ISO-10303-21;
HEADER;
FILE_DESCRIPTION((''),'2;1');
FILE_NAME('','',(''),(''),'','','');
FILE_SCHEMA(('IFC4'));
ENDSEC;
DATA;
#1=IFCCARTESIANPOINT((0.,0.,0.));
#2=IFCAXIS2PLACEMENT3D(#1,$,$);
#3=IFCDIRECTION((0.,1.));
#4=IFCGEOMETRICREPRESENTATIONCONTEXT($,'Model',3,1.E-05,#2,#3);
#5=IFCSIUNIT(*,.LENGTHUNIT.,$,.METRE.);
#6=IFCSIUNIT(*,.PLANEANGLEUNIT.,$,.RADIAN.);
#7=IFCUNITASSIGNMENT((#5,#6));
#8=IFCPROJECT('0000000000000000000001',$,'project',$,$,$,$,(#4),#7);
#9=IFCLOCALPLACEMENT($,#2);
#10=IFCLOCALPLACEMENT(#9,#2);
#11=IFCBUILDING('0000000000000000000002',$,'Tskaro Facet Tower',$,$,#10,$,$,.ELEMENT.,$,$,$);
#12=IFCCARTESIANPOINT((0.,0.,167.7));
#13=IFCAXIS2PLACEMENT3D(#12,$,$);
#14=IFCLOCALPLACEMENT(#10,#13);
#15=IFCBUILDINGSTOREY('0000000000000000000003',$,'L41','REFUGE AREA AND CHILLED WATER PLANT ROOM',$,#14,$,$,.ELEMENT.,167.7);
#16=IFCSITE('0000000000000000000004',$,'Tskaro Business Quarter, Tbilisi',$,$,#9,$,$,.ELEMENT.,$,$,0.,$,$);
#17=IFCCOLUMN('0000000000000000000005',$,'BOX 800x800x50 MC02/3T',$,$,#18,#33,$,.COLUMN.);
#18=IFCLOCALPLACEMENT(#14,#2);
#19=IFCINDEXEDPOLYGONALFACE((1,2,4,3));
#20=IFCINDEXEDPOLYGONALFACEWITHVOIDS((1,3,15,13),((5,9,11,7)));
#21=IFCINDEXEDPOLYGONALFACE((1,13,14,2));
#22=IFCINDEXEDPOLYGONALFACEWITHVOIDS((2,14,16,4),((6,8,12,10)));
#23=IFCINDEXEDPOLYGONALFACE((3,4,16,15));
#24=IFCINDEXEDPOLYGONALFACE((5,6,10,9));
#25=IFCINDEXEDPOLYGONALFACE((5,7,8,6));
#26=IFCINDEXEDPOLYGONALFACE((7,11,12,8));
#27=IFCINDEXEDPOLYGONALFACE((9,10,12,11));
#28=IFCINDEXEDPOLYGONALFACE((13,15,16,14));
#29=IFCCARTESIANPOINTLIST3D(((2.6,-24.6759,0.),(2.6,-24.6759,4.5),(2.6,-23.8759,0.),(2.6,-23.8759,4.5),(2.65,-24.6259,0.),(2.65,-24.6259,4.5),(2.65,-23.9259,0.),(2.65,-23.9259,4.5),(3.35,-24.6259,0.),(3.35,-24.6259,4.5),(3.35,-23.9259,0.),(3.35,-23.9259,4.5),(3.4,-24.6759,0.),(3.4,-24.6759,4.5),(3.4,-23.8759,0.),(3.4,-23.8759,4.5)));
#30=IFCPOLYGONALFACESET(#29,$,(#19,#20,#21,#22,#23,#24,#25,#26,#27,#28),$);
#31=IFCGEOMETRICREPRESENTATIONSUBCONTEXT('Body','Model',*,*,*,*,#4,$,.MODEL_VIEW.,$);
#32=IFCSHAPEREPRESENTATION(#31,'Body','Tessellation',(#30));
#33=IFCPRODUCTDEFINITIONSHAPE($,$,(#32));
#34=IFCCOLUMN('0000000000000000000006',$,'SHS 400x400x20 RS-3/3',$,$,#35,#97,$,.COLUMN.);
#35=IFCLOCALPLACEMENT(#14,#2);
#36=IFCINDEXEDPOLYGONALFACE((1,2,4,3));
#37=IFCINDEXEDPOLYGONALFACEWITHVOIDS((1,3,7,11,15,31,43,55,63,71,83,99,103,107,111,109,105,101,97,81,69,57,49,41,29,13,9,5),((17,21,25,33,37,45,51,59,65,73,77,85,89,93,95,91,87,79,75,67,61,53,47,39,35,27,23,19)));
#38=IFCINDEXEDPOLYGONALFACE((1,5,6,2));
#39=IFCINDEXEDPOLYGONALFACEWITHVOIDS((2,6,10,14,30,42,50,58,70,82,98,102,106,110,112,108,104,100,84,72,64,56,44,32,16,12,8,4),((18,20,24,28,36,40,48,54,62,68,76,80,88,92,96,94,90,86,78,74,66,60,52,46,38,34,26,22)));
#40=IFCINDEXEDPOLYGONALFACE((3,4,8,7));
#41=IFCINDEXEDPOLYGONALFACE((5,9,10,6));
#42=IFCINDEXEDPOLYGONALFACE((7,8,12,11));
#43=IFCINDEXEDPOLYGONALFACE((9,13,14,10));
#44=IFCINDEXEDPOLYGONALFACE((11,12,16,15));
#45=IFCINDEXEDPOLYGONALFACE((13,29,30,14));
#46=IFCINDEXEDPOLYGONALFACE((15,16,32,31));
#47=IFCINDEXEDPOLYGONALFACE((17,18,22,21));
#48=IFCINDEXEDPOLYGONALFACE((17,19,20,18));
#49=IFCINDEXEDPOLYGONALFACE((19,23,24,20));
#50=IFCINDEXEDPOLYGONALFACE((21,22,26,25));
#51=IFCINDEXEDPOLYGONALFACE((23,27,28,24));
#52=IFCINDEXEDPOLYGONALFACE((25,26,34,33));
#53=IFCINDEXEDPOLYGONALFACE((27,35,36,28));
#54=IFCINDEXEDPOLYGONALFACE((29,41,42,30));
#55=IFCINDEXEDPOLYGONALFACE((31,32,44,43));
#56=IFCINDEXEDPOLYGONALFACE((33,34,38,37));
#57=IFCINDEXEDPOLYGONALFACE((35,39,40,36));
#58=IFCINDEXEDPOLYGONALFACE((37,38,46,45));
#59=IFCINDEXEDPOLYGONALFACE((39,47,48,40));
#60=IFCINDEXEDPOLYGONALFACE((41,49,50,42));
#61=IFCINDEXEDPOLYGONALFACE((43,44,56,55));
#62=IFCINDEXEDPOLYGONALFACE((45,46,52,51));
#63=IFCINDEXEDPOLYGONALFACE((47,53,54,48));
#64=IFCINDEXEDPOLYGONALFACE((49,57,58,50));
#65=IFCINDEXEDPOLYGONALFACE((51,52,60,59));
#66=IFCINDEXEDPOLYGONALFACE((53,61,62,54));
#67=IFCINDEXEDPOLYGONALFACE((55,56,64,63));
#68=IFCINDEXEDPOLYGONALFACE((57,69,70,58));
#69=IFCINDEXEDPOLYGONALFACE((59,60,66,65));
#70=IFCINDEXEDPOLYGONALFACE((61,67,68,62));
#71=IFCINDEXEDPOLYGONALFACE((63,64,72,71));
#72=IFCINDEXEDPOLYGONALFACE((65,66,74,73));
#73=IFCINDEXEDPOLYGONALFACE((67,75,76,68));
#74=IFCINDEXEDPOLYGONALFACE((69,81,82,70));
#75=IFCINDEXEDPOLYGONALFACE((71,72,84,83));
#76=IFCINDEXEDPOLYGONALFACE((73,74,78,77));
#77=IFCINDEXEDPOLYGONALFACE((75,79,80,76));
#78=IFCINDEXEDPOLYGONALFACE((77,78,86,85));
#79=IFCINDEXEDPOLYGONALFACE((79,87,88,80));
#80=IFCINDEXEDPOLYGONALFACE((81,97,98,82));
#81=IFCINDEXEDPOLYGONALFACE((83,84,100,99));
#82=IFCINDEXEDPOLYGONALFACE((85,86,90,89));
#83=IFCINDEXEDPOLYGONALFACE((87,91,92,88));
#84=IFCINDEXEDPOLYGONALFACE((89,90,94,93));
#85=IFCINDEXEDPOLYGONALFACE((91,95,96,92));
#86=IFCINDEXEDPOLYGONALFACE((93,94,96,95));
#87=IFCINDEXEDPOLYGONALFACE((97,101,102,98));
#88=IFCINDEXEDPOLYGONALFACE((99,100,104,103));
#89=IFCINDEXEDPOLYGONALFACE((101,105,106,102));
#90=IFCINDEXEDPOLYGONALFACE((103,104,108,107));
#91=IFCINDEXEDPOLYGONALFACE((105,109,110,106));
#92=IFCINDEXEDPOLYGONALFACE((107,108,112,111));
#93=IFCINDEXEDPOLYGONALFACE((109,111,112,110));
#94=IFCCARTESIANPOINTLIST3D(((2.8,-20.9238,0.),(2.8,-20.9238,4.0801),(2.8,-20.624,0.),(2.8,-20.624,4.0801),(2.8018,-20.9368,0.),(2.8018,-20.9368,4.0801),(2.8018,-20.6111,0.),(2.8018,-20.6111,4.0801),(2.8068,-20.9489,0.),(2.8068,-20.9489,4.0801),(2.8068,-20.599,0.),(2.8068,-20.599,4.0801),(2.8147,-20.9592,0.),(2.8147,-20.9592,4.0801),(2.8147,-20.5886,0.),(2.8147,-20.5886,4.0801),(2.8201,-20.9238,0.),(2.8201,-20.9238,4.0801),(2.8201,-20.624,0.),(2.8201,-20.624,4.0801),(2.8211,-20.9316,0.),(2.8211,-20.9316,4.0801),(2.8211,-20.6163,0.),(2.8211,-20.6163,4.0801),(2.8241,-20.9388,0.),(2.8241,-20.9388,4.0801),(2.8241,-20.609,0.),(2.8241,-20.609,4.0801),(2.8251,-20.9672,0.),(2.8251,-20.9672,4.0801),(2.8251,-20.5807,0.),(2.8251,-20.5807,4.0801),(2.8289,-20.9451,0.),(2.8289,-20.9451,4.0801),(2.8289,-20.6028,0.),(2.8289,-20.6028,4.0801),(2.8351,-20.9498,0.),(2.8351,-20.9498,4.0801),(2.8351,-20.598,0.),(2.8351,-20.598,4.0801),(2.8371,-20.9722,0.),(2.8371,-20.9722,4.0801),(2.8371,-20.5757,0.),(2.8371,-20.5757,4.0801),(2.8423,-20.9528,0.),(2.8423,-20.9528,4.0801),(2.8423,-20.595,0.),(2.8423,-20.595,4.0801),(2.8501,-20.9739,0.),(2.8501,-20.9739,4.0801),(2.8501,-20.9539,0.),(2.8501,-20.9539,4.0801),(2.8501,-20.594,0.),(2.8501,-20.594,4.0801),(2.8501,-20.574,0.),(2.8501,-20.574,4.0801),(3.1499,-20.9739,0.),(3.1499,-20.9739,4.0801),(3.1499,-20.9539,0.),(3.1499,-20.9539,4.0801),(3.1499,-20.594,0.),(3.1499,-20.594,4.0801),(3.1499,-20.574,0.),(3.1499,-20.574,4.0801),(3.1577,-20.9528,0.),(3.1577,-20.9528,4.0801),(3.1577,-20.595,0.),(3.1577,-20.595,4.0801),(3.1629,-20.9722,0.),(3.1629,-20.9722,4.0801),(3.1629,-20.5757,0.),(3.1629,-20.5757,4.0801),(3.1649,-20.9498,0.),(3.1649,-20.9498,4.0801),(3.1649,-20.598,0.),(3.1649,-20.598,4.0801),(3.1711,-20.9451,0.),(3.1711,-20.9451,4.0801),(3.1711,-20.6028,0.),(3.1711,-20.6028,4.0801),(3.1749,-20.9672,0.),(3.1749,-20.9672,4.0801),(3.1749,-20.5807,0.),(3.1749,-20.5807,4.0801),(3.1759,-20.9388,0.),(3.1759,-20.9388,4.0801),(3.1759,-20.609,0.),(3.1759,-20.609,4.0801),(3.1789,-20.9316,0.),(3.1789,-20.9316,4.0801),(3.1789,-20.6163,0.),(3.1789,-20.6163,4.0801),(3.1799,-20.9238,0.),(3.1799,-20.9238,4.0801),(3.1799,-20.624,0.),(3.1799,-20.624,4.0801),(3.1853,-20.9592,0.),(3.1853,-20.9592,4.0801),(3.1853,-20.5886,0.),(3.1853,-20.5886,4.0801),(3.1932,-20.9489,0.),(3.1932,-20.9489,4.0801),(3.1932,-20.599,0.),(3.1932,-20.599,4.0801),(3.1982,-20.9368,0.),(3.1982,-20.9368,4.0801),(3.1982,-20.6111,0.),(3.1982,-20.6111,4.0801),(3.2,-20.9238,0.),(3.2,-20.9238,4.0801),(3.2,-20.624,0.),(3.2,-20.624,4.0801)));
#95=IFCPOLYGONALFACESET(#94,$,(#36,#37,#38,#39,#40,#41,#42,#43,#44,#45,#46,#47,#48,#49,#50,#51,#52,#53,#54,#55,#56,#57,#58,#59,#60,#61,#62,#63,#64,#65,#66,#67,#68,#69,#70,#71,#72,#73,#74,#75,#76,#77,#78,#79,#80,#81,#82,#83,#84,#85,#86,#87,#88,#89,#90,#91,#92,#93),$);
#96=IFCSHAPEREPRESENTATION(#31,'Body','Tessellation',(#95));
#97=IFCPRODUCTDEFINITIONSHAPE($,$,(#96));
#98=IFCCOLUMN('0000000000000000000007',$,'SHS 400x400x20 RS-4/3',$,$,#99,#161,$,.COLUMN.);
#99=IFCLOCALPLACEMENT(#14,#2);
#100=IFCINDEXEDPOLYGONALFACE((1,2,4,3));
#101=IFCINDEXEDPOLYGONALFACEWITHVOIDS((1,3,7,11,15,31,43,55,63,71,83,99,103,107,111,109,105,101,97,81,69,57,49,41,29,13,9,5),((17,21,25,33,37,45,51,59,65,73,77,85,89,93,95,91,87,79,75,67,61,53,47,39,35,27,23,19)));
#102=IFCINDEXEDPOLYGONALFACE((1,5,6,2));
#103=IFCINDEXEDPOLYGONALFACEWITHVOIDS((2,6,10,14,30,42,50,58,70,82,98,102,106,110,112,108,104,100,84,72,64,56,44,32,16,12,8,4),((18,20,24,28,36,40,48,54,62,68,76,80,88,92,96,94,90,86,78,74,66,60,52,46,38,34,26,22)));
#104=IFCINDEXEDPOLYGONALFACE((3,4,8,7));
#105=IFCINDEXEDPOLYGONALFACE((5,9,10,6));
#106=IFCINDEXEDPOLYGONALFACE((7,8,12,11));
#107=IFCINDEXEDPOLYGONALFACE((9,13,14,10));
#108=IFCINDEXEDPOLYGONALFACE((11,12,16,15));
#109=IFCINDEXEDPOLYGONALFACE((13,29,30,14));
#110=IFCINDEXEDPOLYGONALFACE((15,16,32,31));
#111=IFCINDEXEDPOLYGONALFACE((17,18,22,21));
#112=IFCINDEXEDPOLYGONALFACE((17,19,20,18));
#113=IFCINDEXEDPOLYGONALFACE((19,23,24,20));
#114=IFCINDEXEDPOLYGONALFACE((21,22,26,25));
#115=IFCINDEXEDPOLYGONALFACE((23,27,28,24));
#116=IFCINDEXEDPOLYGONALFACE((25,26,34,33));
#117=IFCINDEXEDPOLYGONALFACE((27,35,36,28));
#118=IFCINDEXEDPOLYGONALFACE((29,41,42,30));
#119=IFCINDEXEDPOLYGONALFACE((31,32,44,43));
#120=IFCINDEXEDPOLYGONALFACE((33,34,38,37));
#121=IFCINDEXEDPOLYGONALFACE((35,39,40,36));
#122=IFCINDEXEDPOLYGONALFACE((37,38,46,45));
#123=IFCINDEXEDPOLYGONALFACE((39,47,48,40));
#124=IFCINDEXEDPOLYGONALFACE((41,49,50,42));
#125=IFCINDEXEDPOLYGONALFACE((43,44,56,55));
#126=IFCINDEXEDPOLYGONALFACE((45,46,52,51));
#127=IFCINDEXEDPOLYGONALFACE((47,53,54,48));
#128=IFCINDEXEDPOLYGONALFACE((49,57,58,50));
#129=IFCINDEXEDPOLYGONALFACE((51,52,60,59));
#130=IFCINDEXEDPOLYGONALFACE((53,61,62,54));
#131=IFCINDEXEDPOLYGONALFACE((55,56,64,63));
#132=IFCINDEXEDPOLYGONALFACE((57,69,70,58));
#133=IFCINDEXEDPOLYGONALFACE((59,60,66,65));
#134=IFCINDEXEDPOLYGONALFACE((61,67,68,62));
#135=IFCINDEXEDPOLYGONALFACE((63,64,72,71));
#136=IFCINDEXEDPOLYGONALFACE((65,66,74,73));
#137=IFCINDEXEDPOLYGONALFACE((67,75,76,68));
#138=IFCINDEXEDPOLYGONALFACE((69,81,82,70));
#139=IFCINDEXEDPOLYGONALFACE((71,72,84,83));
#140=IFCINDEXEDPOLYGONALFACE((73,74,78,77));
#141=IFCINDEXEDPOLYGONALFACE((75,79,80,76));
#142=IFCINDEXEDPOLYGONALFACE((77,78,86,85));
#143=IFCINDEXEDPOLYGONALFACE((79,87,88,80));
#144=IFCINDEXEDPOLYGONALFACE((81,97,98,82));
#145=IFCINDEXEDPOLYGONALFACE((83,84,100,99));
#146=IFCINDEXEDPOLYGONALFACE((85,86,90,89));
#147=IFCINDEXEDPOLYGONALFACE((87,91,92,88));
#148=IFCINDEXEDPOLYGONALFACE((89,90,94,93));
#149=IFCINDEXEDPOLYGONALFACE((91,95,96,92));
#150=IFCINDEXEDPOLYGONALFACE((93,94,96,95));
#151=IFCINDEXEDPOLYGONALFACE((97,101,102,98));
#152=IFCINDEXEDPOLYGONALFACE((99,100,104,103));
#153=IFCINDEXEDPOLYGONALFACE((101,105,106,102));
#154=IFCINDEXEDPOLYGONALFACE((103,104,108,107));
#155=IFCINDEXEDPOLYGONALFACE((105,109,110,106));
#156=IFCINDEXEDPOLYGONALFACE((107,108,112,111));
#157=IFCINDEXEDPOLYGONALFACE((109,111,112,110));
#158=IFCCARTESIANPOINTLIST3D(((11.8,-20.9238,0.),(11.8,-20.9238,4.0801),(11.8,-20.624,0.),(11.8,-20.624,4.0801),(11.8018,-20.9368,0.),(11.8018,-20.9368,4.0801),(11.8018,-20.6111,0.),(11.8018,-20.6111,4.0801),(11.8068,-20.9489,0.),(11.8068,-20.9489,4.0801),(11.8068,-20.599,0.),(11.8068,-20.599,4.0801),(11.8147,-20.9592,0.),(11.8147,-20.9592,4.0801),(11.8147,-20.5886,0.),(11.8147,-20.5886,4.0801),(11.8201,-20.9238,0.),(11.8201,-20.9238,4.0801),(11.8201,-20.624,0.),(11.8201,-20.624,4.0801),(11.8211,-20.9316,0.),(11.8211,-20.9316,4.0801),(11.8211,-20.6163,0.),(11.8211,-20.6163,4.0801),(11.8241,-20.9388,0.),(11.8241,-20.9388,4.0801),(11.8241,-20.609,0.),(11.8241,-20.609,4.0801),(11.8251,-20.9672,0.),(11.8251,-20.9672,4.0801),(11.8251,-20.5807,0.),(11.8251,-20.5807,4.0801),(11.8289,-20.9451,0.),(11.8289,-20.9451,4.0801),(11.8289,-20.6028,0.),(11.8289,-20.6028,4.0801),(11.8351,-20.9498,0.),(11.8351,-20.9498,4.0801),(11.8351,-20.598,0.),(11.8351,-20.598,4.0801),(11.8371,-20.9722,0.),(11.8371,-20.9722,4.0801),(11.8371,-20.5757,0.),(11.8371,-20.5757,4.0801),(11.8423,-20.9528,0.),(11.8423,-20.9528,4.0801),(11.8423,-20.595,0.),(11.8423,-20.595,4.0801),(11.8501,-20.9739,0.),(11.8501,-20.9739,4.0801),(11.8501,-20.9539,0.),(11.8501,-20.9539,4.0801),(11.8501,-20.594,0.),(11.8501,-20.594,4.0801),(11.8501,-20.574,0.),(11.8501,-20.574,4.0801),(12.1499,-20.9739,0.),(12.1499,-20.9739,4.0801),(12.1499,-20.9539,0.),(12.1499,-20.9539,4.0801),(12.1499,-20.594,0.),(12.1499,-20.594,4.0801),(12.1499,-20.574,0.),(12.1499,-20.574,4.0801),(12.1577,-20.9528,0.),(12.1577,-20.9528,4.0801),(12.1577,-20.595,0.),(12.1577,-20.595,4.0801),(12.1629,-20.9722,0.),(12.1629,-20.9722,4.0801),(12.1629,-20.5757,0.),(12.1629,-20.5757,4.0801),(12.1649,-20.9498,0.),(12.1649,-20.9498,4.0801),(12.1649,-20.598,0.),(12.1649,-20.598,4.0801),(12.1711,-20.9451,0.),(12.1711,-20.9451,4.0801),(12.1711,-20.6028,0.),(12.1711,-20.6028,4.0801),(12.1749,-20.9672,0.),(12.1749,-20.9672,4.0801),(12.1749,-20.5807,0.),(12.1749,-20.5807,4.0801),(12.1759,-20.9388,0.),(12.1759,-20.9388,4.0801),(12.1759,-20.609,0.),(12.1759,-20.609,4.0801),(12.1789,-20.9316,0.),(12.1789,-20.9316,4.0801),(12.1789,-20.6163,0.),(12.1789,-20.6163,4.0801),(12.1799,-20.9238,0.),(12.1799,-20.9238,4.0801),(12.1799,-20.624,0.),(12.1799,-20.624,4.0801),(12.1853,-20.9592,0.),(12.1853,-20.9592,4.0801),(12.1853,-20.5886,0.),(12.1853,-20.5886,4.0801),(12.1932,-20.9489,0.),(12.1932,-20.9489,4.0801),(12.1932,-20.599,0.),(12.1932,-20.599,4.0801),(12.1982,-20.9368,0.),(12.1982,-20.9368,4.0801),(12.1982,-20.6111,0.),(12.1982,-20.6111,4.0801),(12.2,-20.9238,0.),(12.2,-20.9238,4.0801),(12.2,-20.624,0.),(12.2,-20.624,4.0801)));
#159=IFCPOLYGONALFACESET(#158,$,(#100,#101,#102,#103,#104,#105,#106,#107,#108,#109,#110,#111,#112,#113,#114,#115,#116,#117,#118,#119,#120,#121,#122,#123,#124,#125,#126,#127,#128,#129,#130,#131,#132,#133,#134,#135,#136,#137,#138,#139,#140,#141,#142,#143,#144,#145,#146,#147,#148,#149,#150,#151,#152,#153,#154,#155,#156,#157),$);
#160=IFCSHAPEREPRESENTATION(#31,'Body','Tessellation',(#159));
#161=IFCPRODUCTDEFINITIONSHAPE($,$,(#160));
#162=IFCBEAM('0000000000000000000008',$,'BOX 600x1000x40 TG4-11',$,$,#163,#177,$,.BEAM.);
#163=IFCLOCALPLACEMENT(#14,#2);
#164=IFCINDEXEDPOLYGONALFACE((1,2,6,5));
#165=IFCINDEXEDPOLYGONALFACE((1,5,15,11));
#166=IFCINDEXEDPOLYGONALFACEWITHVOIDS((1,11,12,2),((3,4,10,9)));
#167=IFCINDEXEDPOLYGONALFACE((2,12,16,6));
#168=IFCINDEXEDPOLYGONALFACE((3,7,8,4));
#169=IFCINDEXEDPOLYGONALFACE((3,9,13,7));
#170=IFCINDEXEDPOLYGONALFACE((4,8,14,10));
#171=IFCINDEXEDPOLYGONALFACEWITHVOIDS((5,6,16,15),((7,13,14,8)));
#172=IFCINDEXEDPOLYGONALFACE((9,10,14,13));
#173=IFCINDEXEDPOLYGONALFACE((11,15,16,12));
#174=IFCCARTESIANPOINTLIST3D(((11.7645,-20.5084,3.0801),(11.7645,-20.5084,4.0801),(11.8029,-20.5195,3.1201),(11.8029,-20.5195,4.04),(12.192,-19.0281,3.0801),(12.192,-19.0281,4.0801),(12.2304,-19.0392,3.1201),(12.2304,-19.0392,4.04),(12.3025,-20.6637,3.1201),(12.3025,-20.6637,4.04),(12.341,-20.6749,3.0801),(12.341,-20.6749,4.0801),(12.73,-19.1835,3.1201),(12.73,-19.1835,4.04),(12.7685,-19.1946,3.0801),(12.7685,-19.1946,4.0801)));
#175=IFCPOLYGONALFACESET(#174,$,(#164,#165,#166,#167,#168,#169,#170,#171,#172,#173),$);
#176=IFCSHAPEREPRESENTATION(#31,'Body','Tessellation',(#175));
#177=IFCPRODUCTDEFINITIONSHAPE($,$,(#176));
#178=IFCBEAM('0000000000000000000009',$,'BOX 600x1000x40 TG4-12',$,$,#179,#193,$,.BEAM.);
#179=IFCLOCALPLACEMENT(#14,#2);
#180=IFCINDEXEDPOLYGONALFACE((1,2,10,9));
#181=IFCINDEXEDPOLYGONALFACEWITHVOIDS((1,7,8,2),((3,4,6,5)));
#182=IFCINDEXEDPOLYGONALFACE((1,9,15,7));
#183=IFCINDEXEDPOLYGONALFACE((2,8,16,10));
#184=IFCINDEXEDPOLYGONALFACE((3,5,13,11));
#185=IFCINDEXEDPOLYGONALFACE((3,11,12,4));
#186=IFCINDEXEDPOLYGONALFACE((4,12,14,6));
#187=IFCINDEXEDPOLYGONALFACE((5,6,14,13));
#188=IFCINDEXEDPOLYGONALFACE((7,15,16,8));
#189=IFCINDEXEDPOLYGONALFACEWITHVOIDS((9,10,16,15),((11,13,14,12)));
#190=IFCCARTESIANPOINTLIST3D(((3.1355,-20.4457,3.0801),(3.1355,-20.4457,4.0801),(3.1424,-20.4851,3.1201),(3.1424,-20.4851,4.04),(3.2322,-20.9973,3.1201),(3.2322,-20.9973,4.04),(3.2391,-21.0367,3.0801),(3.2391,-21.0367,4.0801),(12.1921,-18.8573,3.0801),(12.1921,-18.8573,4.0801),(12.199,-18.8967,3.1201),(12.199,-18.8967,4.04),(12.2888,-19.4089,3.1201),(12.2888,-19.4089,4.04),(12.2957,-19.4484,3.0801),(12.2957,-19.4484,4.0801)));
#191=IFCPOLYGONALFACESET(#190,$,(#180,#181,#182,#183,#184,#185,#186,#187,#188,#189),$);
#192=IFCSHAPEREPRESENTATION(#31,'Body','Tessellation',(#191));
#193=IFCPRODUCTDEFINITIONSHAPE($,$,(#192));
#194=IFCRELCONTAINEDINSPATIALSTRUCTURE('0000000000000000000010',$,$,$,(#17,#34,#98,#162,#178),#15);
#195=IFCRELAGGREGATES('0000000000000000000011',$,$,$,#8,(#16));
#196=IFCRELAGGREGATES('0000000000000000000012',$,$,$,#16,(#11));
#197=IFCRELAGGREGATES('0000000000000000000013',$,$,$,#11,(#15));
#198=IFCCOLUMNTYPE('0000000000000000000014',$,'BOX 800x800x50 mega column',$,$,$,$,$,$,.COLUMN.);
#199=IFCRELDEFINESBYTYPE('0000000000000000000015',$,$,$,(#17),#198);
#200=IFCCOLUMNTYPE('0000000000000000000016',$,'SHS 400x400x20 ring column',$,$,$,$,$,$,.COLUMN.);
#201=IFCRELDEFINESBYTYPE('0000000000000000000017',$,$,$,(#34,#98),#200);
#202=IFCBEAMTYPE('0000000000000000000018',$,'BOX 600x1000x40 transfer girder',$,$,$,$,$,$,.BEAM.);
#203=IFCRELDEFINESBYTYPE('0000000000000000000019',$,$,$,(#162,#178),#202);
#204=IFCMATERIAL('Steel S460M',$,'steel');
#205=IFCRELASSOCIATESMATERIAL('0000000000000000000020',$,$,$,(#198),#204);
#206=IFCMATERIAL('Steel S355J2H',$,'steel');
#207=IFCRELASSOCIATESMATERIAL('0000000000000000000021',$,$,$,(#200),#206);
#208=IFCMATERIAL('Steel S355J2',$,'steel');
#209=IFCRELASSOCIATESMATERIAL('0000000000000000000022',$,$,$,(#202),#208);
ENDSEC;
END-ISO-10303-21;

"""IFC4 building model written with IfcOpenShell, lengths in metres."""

from ifc_helpers import new_model, si_unit, direction, frame, origin, origin_2d, place, context, subcontext, project, spatial, hollow_rectangle, extrude, material, material_profile, profile_set, type_object, element, save


model = new_model("IFC4")

# Units and contexts
model_context = context("Model", 3, precision=1e-05, world=origin(), true_north=direction((0.0, 1.0)))
body_context = subcontext(model_context, "Body", "Model", "MODEL_VIEW")
ifc_project = project(units=[si_unit("LENGTHUNIT", "METRE"), si_unit("PLANEANGLEUNIT", "RADIAN")], contexts=[model_context])

# Site, building, storey
site_placement = place(None, origin())
site = spatial("IfcSite", under=ifc_project, at=site_placement, Name="Tskaro Business Quarter, Tbilisi", CompositionType="ELEMENT", RefElevation=0.0)
building_placement = place(site_placement, origin())
building = spatial("IfcBuilding", under=site, at=building_placement, Name="Tskaro Facet Tower", CompositionType="ELEMENT")
storey_placement = place(building_placement, frame((0.0, 0.0, 167.7)))
storey = spatial("IfcBuildingStorey", under=building, at=storey_placement, Name="L41", Description="REFUGE AREA AND CHILLED WATER PLANT ROOM", CompositionType="ELEMENT", Elevation=167.7)

# Columns
ifc_material_1 = material(Name="Steel S460M", Category="steel")
ifc_material_profile_1 = material_profile(ifc_material_1, hollow_rectangle(XDim=0.8, YDim=0.8, WallThickness=0.05, at=origin_2d()), Name="BOX 800x800x50")
ifc_profile_set_1 = profile_set([ifc_material_profile_1], Name="Steel S460M")
column_type_1 = type_object("IfcColumnType", Name="BOX 800x800x50 mega column", PredefinedType="COLUMN", material=ifc_profile_set_1)
column_placement = place(storey_placement, frame((3.0, -24.2759, 0.0), z_axis=(0.0, 0.0, 1.0), x_axis=(1.0, 0.0, 0.0)))
element("IfcColumn", 1, at=column_placement, inside=storey, type_object=column_type_1, Name="BOX 800x800x50 MC02/3T", PredefinedType="COLUMN", context=body_context, shape_type="SweptSolid", body=[
    extrude(hollow_rectangle(XDim=0.8, YDim=0.8, WallThickness=0.05, at=origin_2d()), origin(), (0.0, 0.0, 1.0), 4.5),
])
ifc_material_2 = material(Name="Steel S355J2H", Category="steel")
ifc_material_profile_2 = material_profile(ifc_material_2, hollow_rectangle(XDim=0.3999, YDim=0.3999, WallThickness=0.02, InnerFilletRadius=0.03, OuterFilletRadius=0.05, at=origin_2d()), Name="SHS 400x400x20")
ifc_profile_set_2 = profile_set([ifc_material_profile_2], Name="Steel S355J2H")
column_type_2 = type_object("IfcColumnType", Name="SHS 400x400x20 ring column", PredefinedType="COLUMN", material=ifc_profile_set_2)
for number, where, z_axis, x_axis, name in (
    (2, (3.0, -20.7739, 0.0), (0.0, 0.0, 1.0), (1.0, 0.0, 0.0), "SHS 400x400x20 RS-3/3"),
    (3, (12.0, -20.7739, 0.0), (0.0, 0.0, 1.0), (1.0, 0.0, 0.0), "SHS 400x400x20 RS-4/3"),
):
    element("IfcColumn", number, at=place(storey_placement, frame(where, z_axis=z_axis, x_axis=x_axis)), inside=storey, type_object=column_type_2, Name=name, PredefinedType="COLUMN", context=body_context, shape_type="SweptSolid", body=[
        extrude(hollow_rectangle(XDim=0.3999, YDim=0.3999, WallThickness=0.02, InnerFilletRadius=0.03, OuterFilletRadius=0.05, at=origin_2d()), origin(), (0.0, 0.0, 1.0), 4.0801),
    ])

# Beams
ifc_material_3 = material(Name="Steel S355J2", Category="steel")
ifc_material_profile_3 = material_profile(ifc_material_3, hollow_rectangle(XDim=0.6001, YDim=1.0, WallThickness=0.04, at=origin_2d()), Name="BOX 600x1000x40")
ifc_profile_set_3 = profile_set([ifc_material_profile_3], Name="Steel S355J2")
beam_type_1 = type_object("IfcBeamType", Name="BOX 600x1000x40 transfer girder", PredefinedType="BEAM", material=ifc_profile_set_3)
beam_1_placement = place(storey_placement, frame((12.4802, -19.1113, 3.5801), z_axis=(-0.277462, -0.960737, 0.0), x_axis=(0.960737, -0.277462, 0.0)))
element("IfcBeam", 4, at=beam_1_placement, inside=storey, type_object=beam_type_1, Name="BOX 600x1000x40 TG4-11", PredefinedType="BEAM", context=body_context, shape_type="SweptSolid", body=[
    extrude(hollow_rectangle(XDim=0.6001, YDim=1.0, WallThickness=0.04, at=origin_2d()), origin(), (0.0, 0.0, 1.0), 1.5408),
])
beam_2_placement = place(storey_placement, frame((12.2439, -19.1528, 3.5801), z_axis=(-0.984966, -0.172746, 0.0), x_axis=(0.172746, -0.984966, 0.0)))
element("IfcBeam", 5, at=beam_2_placement, inside=storey, type_object=beam_type_1, Name="BOX 600x1000x40 TG4-12", PredefinedType="BEAM", context=body_context, shape_type="SweptSolid", body=[
    extrude(hollow_rectangle(XDim=0.6001, YDim=1.0, WallThickness=0.04, at=origin_2d()), origin(), (0.0, 0.0, 1.0), 9.1948),
])

save(model, "model.ifc")
